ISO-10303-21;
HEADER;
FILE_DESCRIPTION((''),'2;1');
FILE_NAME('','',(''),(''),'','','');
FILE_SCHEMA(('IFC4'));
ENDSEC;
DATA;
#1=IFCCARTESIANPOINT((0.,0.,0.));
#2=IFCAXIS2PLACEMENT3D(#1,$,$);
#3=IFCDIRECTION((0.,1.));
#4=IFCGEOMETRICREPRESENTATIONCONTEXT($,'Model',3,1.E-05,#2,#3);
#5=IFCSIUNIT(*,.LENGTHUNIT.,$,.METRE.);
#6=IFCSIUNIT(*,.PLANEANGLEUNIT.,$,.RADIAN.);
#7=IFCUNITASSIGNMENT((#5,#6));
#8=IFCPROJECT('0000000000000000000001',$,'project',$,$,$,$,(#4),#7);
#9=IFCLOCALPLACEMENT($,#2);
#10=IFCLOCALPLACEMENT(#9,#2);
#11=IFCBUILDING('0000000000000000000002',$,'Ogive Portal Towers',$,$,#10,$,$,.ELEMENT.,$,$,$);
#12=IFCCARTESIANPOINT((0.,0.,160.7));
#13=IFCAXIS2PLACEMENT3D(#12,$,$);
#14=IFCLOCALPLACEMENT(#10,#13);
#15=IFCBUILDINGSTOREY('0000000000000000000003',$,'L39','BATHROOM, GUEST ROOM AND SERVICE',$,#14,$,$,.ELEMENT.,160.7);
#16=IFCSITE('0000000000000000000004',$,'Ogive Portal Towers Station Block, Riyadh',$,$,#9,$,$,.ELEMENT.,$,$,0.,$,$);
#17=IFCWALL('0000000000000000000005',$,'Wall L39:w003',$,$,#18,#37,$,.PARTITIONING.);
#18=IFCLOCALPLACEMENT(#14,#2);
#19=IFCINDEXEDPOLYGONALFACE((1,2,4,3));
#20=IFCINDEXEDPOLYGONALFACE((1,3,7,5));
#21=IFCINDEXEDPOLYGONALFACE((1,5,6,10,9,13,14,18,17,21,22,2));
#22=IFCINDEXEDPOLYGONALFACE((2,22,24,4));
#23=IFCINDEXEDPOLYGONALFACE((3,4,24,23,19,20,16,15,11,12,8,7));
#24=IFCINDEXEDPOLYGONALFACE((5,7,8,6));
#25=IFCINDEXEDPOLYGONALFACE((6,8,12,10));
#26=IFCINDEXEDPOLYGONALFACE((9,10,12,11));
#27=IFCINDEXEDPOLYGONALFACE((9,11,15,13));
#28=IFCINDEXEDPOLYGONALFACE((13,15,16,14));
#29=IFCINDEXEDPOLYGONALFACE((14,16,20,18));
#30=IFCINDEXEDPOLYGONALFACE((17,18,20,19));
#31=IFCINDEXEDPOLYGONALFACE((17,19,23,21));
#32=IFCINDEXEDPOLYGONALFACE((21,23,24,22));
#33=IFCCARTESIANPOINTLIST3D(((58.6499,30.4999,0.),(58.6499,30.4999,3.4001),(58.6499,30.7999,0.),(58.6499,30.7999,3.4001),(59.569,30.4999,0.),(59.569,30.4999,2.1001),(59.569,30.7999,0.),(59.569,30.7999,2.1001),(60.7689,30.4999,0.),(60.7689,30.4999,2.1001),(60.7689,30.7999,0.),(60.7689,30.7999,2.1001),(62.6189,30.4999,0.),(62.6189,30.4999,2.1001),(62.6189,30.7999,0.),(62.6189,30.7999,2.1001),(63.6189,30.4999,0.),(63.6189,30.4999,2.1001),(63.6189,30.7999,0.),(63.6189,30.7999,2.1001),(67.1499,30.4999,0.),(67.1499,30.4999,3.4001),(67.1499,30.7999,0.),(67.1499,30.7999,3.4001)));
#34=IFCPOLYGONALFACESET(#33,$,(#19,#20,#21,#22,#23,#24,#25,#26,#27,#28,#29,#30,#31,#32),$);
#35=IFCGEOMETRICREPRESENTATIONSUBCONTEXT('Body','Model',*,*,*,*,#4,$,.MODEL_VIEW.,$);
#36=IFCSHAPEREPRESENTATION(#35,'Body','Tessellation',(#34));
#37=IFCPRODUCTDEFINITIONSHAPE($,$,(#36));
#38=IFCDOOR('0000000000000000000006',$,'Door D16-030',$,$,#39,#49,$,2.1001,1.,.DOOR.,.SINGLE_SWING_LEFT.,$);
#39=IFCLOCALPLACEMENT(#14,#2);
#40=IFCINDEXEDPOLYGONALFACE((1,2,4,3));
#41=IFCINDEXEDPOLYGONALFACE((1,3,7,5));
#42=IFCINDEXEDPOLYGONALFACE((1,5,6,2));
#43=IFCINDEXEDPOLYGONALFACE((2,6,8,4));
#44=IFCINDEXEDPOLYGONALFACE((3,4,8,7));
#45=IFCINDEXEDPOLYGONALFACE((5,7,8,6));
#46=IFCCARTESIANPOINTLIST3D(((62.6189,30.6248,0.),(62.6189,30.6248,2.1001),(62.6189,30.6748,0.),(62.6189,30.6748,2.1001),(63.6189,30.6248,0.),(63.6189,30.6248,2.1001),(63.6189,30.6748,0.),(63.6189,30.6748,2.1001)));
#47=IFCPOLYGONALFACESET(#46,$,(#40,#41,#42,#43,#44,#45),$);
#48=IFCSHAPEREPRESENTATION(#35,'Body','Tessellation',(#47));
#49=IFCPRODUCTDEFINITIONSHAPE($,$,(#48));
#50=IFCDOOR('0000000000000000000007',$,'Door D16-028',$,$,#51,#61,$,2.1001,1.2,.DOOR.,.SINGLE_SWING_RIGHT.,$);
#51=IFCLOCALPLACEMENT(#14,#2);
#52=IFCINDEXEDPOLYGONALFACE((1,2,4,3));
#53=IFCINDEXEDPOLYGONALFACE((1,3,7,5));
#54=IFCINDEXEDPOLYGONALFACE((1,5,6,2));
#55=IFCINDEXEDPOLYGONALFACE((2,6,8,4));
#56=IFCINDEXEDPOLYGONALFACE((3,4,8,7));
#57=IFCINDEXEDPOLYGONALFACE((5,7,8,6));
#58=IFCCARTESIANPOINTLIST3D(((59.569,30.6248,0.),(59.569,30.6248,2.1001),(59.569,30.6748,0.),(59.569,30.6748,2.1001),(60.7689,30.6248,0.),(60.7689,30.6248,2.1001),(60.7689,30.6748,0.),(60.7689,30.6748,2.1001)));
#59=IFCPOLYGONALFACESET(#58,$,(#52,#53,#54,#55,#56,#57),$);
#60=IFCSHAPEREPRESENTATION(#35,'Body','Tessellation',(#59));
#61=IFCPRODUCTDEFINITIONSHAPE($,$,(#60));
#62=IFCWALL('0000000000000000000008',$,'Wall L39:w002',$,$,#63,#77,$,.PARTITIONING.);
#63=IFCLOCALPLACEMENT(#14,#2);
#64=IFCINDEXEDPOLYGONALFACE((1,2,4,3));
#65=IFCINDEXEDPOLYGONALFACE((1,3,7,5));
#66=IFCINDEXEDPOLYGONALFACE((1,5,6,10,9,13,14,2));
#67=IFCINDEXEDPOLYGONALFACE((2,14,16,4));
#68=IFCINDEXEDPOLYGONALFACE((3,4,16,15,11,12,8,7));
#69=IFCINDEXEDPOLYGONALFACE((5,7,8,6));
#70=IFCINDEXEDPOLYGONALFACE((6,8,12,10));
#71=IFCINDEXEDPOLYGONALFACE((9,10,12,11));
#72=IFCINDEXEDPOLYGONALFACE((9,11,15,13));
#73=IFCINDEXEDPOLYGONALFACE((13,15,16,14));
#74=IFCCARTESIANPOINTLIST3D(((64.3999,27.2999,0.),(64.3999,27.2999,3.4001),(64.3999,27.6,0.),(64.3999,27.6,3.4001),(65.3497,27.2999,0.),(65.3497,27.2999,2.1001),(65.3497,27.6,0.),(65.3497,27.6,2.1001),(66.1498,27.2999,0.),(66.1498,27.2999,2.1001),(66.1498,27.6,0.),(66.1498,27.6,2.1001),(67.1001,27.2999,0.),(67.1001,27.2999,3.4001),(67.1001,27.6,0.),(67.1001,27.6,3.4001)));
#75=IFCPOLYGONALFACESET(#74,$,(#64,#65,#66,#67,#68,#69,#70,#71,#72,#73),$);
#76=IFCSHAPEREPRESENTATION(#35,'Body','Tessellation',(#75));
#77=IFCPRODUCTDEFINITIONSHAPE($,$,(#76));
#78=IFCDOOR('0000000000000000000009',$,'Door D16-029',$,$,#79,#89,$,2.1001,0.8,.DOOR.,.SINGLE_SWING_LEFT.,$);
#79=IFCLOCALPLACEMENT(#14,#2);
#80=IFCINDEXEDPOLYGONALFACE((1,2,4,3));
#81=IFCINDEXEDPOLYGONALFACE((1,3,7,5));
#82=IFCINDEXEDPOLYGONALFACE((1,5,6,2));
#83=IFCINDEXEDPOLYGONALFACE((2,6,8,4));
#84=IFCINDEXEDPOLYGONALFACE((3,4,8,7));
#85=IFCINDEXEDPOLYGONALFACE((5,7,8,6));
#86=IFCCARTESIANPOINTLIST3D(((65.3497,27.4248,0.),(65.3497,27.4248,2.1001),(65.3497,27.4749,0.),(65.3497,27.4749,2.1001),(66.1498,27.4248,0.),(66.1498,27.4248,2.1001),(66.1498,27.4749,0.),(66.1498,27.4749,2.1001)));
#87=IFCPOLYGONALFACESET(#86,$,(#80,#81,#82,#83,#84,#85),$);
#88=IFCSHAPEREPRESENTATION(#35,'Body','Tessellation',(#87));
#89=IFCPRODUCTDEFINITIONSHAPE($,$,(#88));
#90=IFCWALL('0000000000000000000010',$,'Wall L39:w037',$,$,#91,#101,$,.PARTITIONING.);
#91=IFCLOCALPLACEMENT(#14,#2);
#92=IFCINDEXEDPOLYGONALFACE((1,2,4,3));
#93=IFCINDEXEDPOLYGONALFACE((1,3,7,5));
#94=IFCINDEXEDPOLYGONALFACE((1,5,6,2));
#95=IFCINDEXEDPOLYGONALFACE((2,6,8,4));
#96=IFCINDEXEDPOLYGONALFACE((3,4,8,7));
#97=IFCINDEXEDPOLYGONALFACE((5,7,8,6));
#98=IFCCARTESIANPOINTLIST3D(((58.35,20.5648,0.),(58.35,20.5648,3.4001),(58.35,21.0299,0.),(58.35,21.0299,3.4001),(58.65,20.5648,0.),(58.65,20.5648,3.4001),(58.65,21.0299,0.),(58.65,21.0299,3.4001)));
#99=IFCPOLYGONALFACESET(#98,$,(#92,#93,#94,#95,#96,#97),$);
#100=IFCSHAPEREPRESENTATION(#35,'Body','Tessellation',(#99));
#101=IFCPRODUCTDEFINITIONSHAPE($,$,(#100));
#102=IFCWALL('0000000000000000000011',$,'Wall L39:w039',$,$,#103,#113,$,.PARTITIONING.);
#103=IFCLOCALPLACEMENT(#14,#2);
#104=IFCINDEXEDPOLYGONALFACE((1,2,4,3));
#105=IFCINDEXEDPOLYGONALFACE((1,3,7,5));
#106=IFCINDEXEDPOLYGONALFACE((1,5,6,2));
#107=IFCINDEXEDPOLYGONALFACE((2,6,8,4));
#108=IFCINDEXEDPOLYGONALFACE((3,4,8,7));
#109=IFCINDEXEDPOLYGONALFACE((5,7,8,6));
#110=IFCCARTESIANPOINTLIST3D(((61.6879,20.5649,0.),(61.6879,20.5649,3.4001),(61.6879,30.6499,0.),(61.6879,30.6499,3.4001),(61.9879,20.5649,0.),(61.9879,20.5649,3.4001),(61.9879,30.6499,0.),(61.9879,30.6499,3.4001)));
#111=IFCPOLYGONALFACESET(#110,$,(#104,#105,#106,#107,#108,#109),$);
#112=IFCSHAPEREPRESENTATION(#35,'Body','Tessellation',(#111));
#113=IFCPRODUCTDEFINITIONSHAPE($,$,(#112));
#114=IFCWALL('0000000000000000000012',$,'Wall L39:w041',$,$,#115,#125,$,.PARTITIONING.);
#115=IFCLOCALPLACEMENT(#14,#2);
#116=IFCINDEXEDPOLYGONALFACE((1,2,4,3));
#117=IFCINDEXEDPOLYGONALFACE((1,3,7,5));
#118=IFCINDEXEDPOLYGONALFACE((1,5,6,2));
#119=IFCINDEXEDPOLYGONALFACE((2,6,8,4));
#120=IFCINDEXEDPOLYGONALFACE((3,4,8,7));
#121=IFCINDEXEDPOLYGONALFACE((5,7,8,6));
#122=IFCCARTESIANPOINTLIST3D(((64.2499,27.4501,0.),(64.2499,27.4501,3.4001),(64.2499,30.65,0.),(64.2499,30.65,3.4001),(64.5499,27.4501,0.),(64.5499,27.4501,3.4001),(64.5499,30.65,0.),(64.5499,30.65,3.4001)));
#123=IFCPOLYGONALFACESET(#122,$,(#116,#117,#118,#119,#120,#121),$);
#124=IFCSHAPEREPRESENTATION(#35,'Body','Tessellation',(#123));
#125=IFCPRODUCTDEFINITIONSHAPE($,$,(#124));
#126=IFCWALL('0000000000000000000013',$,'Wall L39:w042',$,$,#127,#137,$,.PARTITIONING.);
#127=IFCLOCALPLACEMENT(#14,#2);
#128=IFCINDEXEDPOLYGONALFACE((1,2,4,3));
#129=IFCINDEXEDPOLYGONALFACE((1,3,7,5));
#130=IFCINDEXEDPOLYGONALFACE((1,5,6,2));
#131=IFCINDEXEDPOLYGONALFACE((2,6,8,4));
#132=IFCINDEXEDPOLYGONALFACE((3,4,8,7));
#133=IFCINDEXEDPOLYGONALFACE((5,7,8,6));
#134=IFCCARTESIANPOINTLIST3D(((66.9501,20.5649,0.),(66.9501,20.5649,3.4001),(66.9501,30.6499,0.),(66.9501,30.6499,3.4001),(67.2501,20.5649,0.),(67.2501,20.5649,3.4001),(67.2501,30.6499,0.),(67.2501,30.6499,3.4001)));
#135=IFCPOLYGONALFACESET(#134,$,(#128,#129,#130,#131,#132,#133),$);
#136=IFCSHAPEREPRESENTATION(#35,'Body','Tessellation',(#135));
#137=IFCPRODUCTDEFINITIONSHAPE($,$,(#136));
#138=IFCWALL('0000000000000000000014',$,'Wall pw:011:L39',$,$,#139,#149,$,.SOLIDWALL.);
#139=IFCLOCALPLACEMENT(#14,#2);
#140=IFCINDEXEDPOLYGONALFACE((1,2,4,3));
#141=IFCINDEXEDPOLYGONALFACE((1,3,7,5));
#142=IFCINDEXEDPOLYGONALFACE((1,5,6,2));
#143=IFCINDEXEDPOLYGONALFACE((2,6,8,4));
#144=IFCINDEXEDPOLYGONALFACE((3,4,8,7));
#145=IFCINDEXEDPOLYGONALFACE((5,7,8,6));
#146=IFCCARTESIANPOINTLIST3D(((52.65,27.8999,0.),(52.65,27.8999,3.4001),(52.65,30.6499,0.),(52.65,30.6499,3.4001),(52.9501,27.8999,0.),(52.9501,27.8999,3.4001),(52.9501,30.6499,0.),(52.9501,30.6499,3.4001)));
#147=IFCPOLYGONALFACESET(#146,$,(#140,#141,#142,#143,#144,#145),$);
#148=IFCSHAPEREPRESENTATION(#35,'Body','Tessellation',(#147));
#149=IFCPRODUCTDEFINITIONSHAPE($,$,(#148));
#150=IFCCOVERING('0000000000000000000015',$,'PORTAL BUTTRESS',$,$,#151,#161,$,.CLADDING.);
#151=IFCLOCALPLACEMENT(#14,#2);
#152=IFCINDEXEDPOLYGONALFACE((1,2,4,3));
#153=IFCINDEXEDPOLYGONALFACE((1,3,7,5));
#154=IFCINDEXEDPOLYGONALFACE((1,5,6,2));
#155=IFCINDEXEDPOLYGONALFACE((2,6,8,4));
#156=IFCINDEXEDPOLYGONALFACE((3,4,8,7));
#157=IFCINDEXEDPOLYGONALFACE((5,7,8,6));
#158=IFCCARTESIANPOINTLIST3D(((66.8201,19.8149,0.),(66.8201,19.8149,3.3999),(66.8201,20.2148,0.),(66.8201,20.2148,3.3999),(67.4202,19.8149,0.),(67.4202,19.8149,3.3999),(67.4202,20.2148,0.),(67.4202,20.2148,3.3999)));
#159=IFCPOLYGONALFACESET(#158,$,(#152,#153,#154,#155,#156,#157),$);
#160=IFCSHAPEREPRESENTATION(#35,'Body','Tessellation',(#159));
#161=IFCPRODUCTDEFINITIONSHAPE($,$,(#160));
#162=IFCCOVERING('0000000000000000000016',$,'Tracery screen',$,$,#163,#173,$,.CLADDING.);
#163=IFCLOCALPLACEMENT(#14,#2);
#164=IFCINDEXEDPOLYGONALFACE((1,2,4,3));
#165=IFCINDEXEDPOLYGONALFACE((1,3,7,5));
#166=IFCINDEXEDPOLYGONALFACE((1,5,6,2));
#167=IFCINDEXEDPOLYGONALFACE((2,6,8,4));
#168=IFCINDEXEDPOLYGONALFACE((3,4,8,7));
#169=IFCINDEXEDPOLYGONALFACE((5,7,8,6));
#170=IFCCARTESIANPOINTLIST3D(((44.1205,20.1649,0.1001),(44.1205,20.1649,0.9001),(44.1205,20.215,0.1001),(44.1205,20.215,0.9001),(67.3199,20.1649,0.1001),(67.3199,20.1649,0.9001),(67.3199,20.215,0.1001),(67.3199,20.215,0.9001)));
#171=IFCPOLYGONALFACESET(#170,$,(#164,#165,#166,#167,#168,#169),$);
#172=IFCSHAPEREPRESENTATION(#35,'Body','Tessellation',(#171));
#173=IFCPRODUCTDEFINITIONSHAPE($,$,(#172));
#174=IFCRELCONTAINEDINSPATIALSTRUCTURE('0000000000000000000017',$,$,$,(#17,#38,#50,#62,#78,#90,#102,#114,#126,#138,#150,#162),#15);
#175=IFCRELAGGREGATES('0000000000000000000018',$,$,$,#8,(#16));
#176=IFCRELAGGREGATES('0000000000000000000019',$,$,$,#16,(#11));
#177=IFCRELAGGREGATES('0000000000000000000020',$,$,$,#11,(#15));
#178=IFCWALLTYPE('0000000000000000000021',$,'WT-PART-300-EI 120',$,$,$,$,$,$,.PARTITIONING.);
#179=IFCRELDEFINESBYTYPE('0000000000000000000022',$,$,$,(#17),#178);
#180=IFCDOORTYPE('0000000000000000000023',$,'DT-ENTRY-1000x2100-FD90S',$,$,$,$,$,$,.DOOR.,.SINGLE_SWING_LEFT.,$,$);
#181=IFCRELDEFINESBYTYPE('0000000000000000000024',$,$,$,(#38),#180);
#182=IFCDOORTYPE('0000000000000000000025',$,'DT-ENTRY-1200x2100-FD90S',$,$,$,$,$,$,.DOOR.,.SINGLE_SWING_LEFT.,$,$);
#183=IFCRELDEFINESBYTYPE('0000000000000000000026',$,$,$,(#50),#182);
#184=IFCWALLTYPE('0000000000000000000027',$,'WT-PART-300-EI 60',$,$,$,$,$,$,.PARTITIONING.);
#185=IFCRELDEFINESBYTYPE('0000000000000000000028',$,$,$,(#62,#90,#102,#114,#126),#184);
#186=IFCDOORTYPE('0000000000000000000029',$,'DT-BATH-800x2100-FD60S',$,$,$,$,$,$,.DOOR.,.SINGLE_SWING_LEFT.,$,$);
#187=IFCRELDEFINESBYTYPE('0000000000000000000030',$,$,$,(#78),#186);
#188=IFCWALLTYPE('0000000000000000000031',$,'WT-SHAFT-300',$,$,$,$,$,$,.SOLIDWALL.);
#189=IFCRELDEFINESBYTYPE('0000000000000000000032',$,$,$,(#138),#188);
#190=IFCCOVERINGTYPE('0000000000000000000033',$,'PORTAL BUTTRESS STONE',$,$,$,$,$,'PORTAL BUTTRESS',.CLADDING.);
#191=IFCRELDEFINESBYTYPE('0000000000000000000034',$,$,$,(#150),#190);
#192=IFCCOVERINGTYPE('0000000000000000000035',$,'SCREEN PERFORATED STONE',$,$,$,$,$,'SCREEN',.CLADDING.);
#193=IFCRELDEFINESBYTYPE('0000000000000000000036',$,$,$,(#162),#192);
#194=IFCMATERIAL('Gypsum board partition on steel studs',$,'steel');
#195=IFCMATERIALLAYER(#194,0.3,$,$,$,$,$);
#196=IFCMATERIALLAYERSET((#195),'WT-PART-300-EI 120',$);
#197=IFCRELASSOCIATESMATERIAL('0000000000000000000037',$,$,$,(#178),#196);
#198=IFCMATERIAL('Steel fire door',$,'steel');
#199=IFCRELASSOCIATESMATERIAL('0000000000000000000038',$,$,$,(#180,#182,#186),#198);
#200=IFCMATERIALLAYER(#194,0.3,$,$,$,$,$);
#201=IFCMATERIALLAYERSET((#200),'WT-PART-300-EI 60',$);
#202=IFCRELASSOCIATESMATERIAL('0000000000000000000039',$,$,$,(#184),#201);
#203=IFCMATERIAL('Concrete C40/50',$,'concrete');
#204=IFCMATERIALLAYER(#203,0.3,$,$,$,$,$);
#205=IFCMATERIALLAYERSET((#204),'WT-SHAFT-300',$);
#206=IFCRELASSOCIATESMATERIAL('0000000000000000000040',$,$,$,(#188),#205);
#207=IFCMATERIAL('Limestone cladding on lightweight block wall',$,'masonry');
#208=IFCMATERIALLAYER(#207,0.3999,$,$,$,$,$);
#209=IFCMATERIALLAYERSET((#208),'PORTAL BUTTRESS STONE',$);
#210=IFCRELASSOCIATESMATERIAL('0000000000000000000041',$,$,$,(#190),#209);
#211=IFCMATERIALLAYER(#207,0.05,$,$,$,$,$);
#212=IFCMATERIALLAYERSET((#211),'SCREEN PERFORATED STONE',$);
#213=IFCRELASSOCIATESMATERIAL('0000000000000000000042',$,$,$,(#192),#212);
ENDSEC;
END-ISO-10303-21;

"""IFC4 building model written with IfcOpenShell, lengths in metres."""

from ifc_helpers import new_model, si_unit, direction, frame, frame_2d, origin, origin_2d, place, context, subcontext, project, spatial, rectangle, extrude, material, layer, layer_set, type_object, element, fill, save


model = new_model("IFC4")

# Units and contexts
model_context = context("Model", 3, precision=1e-05, world=origin(), true_north=direction((0.0, 1.0)))
body_context = subcontext(model_context, "Body", "Model", "MODEL_VIEW")
ifc_project = project(units=[si_unit("LENGTHUNIT", "METRE"), si_unit("PLANEANGLEUNIT", "RADIAN")], contexts=[model_context])

# Site, building, storey
site_placement = place(None, origin())
site = spatial("IfcSite", under=ifc_project, at=site_placement, Name="Ogive Portal Towers Station Block, Riyadh", CompositionType="ELEMENT", RefElevation=0.0)
building_placement = place(site_placement, origin())
building = spatial("IfcBuilding", under=site, at=building_placement, Name="Ogive Portal Towers", CompositionType="ELEMENT")
storey_placement = place(building_placement, frame((0.0, 0.0, 160.7)))
storey = spatial("IfcBuildingStorey", under=building, at=storey_placement, Name="L39", Description="BATHROOM, GUEST ROOM AND SERVICE", CompositionType="ELEMENT", Elevation=160.7)

# Shared definitions
ifc_material_1 = material(Name="Steel fire door", Category="steel")
ifc_material_2 = material(Name="Gypsum board partition on steel studs", Category="steel")

# Wall, openings, doors
ifc_layer_1 = layer(ifc_material_2, 0.3)
ifc_layer_set_1 = layer_set([ifc_layer_1], Name="WT-PART-300-EI 120")
wall_type_1 = type_object("IfcWallType", Name="WT-PART-300-EI 120", PredefinedType="PARTITIONING", material=ifc_layer_set_1)
wall_1_placement = place(storey_placement, frame((58.6499, 30.6499, 0.0), z_axis=(0.0, 0.0, 1.0), x_axis=(1.0, 0.0, 0.0)))
wall_1 = element("IfcWall", 1, at=wall_1_placement, inside=storey, type_object=wall_type_1, Name="Wall L39:w003", PredefinedType="PARTITIONING", context=body_context, shape_type="SweptSolid", body=[
    extrude(rectangle(XDim=8.5, YDim=0.3, at=frame_2d((4.25, 0.0))), origin(), (0.0, 0.0, 1.0), 3.4001),
])
opening_1_placement = place(wall_1_placement, frame((0.9189, 0.0, 0.0)))
opening_1 = element("IfcOpeningElement", 2, at=opening_1_placement, cuts=wall_1, PredefinedType="OPENING", context=body_context, shape_type="SweptSolid", body=[
    extrude(rectangle(XDim=1.2, YDim=2.1001, at=frame_2d((0.6001, 1.05))), frame((0.0, 0.1602, 0.0), z_axis=(0.0, -1.0, 0.0), x_axis=(1.0, 0.0, 0.0)), (0.0, 0.0, 1.0), 0.3201),
])
opening_2_placement = place(wall_1_placement, frame((3.969, 0.0, 0.0)))
opening_2 = element("IfcOpeningElement", 3, at=opening_2_placement, cuts=wall_1, PredefinedType="OPENING", context=body_context, shape_type="SweptSolid", body=[
    extrude(rectangle(XDim=1.0, YDim=2.1001, at=frame_2d((0.5, 1.05))), frame((0.0, 0.1602, 0.0), z_axis=(0.0, -1.0, 0.0), x_axis=(1.0, 0.0, 0.0)), (0.0, 0.0, 1.0), 0.3201),
])
door_type_1 = type_object("IfcDoorType", Name="DT-ENTRY-1000x2100-FD90S", OperationType="SINGLE_SWING_LEFT", PredefinedType="DOOR", material=ifc_material_1)
door_1_placement = place(opening_2_placement, origin())
door_1 = element("IfcDoor", 4, at=door_1_placement, inside=storey, type_object=door_type_1, Name="Door D16-030", OperationType="SINGLE_SWING_LEFT", OverallHeight=2.1001, OverallWidth=1.0, PredefinedType="DOOR", context=body_context, shape_type="SweptSolid", body=[
    extrude(rectangle(XDim=1.0, YDim=2.1001, at=frame_2d((0.5, 1.05))), frame((0.0, 0.0249, 0.0), z_axis=(0.0, -1.0, 0.0), x_axis=(1.0, 0.0, 0.0)), (0.0, 0.0, 1.0), 0.05),
])
fill(opening_2, door_1)
door_type_2 = type_object("IfcDoorType", Name="DT-ENTRY-1200x2100-FD90S", OperationType="SINGLE_SWING_LEFT", PredefinedType="DOOR", material=ifc_material_1)
door_2_placement = place(opening_1_placement, origin())
door_2 = element("IfcDoor", 5, at=door_2_placement, inside=storey, type_object=door_type_2, Name="Door D16-028", OperationType="SINGLE_SWING_RIGHT", OverallHeight=2.1001, OverallWidth=1.2, PredefinedType="DOOR", context=body_context, shape_type="SweptSolid", body=[
    extrude(rectangle(XDim=1.2, YDim=2.1001, at=frame_2d((0.6001, 1.05))), frame((0.0, 0.0249, 0.0), z_axis=(0.0, -1.0, 0.0), x_axis=(1.0, 0.0, 0.0)), (0.0, 0.0, 1.0), 0.05),
])
fill(opening_1, door_2)

# Wall, opening, door
ifc_layer_2 = layer(ifc_material_2, 0.3)
ifc_layer_set_2 = layer_set([ifc_layer_2], Name="WT-PART-300-EI 60")
wall_type_2 = type_object("IfcWallType", Name="WT-PART-300-EI 60", PredefinedType="PARTITIONING", material=ifc_layer_set_2)
wall_2_placement = place(storey_placement, frame((64.3999, 27.45, 0.0), z_axis=(0.0, 0.0, 1.0), x_axis=(1.0, 0.0, 0.0)))
wall_2 = element("IfcWall", 6, at=wall_2_placement, inside=storey, type_object=wall_type_2, Name="Wall L39:w002", PredefinedType="PARTITIONING", context=body_context, shape_type="SweptSolid", body=[
    extrude(rectangle(XDim=2.7002, YDim=0.3, at=frame_2d((1.3501, 0.0))), origin(), (0.0, 0.0, 1.0), 3.4001),
])
opening_3_placement = place(wall_2_placement, frame((0.95, 0.0, 0.0)))
opening_3 = element("IfcOpeningElement", 7, at=opening_3_placement, cuts=wall_2, PredefinedType="OPENING", context=body_context, shape_type="SweptSolid", body=[
    extrude(rectangle(XDim=0.8, YDim=2.1001, at=frame_2d((0.3999, 1.05))), frame((0.0, 0.1602, 0.0), z_axis=(0.0, -1.0, 0.0), x_axis=(1.0, 0.0, 0.0)), (0.0, 0.0, 1.0), 0.3201),
])
door_type_3 = type_object("IfcDoorType", Name="DT-BATH-800x2100-FD60S", OperationType="SINGLE_SWING_LEFT", PredefinedType="DOOR", material=ifc_material_1)
door_3_placement = place(opening_3_placement, origin())
door_3 = element("IfcDoor", 8, at=door_3_placement, inside=storey, type_object=door_type_3, Name="Door D16-029", OperationType="SINGLE_SWING_LEFT", OverallHeight=2.1001, OverallWidth=0.8, PredefinedType="DOOR", context=body_context, shape_type="SweptSolid", body=[
    extrude(rectangle(XDim=0.8, YDim=2.1001, at=frame_2d((0.3999, 1.05))), frame((0.0, 0.0249, 0.0), z_axis=(0.0, -1.0, 0.0), x_axis=(1.0, 0.0, 0.0)), (0.0, 0.0, 1.0), 0.05),
])
fill(opening_3, door_3)

# Walls
wall_3_placement = place(storey_placement, frame((58.5, 20.5649, 0.0), z_axis=(0.0, 0.0, 1.0), x_axis=(0.0, 1.0, 0.0)))
element("IfcWall", 9, at=wall_3_placement, inside=storey, type_object=wall_type_2, Name="Wall L39:w037", PredefinedType="PARTITIONING", context=body_context, shape_type="SweptSolid", body=[
    extrude(rectangle(XDim=0.4651, YDim=0.3, at=frame_2d((0.2324, 0.0))), origin(), (0.0, 0.0, 1.0), 3.4001),
])
wall_4_placement = place(storey_placement, frame((61.8379, 20.5649, 0.0), z_axis=(0.0, 0.0, 1.0), x_axis=(0.0, 1.0, 0.0)))
element("IfcWall", 10, at=wall_4_placement, inside=storey, type_object=wall_type_2, Name="Wall L39:w039", PredefinedType="PARTITIONING", context=body_context, shape_type="SweptSolid", body=[
    extrude(rectangle(XDim=10.085, YDim=0.3, at=frame_2d((5.0425, 0.0))), origin(), (0.0, 0.0, 1.0), 3.4001),
])
wall_5_placement = place(storey_placement, frame((64.3999, 27.45, 0.0), z_axis=(0.0, 0.0, 1.0), x_axis=(0.0, 1.0, 0.0)))
element("IfcWall", 11, at=wall_5_placement, inside=storey, type_object=wall_type_2, Name="Wall L39:w041", PredefinedType="PARTITIONING", context=body_context, shape_type="SweptSolid", body=[
    extrude(rectangle(XDim=3.2, YDim=0.3, at=frame_2d((1.6001, 0.0))), origin(), (0.0, 0.0, 1.0), 3.4001),
])
wall_6_placement = place(storey_placement, frame((67.1001, 20.5649, 0.0), z_axis=(0.0, 0.0, 1.0), x_axis=(0.0, 1.0, 0.0)))
element("IfcWall", 12, at=wall_6_placement, inside=storey, type_object=wall_type_2, Name="Wall L39:w042", PredefinedType="PARTITIONING", context=body_context, shape_type="SweptSolid", body=[
    extrude(rectangle(XDim=10.085, YDim=0.3, at=frame_2d((5.0425, 0.0))), origin(), (0.0, 0.0, 1.0), 3.4001),
])
ifc_material_3 = material(Name="Concrete C40/50", Category="concrete")
ifc_layer_3 = layer(ifc_material_3, 0.3)
ifc_layer_set_3 = layer_set([ifc_layer_3], Name="WT-SHAFT-300")
wall_type_3 = type_object("IfcWallType", Name="WT-SHAFT-300", PredefinedType="SOLIDWALL", material=ifc_layer_set_3)
wall_7_placement = place(storey_placement, frame((52.8, 27.8999, 0.0), z_axis=(0.0, 0.0, 1.0), x_axis=(0.0, 1.0, 0.0)))
element("IfcWall", 13, at=wall_7_placement, inside=storey, type_object=wall_type_3, Name="Wall pw:011:L39", PredefinedType="SOLIDWALL", context=body_context, shape_type="SweptSolid", body=[
    extrude(rectangle(XDim=2.75, YDim=0.3, at=frame_2d((1.375, 0.0))), origin(), (0.0, 0.0, 1.0), 3.4001),
])

# Coverings
ifc_material_4 = material(Name="Limestone cladding on lightweight block wall", Category="masonry")
ifc_layer_4 = layer(ifc_material_4, 0.3999)
ifc_layer_set_4 = layer_set([ifc_layer_4], Name="PORTAL BUTTRESS STONE")
covering_type_1 = type_object("IfcCoveringType", Name="PORTAL BUTTRESS STONE", ElementType="PORTAL BUTTRESS", PredefinedType="CLADDING", material=ifc_layer_set_4)
covering_1_placement = place(storey_placement, frame((67.1201, 20.0149, 0.0), z_axis=(0.0, 0.0, 1.0), x_axis=(1.0, 0.0, 0.0)))
element("IfcCovering", 14, at=covering_1_placement, inside=storey, type_object=covering_type_1, Name="PORTAL BUTTRESS", PredefinedType="CLADDING", context=body_context, shape_type="SweptSolid", body=[
    extrude(rectangle(XDim=0.6001, YDim=0.3999, at=origin_2d()), origin(), (0.0, 0.0, 1.0), 3.3999),
])
ifc_layer_5 = layer(ifc_material_4, 0.05)
ifc_layer_set_5 = layer_set([ifc_layer_5], Name="SCREEN PERFORATED STONE")
covering_type_2 = type_object("IfcCoveringType", Name="SCREEN PERFORATED STONE", ElementType="SCREEN", PredefinedType="CLADDING", material=ifc_layer_set_5)
covering_2_placement = place(storey_placement, frame((55.7202, 20.1899, 0.1001), z_axis=(0.0, 0.0, 1.0), x_axis=(1.0, 0.0, 0.0)))
element("IfcCovering", 15, at=covering_2_placement, inside=storey, type_object=covering_type_2, Name="Tracery screen", PredefinedType="CLADDING", context=body_context, shape_type="SweptSolid", body=[
    extrude(rectangle(XDim=23.1995, YDim=0.05, at=origin_2d()), origin(), (0.0, 0.0, 1.0), 0.8),
])

save(model, "model.ifc")
